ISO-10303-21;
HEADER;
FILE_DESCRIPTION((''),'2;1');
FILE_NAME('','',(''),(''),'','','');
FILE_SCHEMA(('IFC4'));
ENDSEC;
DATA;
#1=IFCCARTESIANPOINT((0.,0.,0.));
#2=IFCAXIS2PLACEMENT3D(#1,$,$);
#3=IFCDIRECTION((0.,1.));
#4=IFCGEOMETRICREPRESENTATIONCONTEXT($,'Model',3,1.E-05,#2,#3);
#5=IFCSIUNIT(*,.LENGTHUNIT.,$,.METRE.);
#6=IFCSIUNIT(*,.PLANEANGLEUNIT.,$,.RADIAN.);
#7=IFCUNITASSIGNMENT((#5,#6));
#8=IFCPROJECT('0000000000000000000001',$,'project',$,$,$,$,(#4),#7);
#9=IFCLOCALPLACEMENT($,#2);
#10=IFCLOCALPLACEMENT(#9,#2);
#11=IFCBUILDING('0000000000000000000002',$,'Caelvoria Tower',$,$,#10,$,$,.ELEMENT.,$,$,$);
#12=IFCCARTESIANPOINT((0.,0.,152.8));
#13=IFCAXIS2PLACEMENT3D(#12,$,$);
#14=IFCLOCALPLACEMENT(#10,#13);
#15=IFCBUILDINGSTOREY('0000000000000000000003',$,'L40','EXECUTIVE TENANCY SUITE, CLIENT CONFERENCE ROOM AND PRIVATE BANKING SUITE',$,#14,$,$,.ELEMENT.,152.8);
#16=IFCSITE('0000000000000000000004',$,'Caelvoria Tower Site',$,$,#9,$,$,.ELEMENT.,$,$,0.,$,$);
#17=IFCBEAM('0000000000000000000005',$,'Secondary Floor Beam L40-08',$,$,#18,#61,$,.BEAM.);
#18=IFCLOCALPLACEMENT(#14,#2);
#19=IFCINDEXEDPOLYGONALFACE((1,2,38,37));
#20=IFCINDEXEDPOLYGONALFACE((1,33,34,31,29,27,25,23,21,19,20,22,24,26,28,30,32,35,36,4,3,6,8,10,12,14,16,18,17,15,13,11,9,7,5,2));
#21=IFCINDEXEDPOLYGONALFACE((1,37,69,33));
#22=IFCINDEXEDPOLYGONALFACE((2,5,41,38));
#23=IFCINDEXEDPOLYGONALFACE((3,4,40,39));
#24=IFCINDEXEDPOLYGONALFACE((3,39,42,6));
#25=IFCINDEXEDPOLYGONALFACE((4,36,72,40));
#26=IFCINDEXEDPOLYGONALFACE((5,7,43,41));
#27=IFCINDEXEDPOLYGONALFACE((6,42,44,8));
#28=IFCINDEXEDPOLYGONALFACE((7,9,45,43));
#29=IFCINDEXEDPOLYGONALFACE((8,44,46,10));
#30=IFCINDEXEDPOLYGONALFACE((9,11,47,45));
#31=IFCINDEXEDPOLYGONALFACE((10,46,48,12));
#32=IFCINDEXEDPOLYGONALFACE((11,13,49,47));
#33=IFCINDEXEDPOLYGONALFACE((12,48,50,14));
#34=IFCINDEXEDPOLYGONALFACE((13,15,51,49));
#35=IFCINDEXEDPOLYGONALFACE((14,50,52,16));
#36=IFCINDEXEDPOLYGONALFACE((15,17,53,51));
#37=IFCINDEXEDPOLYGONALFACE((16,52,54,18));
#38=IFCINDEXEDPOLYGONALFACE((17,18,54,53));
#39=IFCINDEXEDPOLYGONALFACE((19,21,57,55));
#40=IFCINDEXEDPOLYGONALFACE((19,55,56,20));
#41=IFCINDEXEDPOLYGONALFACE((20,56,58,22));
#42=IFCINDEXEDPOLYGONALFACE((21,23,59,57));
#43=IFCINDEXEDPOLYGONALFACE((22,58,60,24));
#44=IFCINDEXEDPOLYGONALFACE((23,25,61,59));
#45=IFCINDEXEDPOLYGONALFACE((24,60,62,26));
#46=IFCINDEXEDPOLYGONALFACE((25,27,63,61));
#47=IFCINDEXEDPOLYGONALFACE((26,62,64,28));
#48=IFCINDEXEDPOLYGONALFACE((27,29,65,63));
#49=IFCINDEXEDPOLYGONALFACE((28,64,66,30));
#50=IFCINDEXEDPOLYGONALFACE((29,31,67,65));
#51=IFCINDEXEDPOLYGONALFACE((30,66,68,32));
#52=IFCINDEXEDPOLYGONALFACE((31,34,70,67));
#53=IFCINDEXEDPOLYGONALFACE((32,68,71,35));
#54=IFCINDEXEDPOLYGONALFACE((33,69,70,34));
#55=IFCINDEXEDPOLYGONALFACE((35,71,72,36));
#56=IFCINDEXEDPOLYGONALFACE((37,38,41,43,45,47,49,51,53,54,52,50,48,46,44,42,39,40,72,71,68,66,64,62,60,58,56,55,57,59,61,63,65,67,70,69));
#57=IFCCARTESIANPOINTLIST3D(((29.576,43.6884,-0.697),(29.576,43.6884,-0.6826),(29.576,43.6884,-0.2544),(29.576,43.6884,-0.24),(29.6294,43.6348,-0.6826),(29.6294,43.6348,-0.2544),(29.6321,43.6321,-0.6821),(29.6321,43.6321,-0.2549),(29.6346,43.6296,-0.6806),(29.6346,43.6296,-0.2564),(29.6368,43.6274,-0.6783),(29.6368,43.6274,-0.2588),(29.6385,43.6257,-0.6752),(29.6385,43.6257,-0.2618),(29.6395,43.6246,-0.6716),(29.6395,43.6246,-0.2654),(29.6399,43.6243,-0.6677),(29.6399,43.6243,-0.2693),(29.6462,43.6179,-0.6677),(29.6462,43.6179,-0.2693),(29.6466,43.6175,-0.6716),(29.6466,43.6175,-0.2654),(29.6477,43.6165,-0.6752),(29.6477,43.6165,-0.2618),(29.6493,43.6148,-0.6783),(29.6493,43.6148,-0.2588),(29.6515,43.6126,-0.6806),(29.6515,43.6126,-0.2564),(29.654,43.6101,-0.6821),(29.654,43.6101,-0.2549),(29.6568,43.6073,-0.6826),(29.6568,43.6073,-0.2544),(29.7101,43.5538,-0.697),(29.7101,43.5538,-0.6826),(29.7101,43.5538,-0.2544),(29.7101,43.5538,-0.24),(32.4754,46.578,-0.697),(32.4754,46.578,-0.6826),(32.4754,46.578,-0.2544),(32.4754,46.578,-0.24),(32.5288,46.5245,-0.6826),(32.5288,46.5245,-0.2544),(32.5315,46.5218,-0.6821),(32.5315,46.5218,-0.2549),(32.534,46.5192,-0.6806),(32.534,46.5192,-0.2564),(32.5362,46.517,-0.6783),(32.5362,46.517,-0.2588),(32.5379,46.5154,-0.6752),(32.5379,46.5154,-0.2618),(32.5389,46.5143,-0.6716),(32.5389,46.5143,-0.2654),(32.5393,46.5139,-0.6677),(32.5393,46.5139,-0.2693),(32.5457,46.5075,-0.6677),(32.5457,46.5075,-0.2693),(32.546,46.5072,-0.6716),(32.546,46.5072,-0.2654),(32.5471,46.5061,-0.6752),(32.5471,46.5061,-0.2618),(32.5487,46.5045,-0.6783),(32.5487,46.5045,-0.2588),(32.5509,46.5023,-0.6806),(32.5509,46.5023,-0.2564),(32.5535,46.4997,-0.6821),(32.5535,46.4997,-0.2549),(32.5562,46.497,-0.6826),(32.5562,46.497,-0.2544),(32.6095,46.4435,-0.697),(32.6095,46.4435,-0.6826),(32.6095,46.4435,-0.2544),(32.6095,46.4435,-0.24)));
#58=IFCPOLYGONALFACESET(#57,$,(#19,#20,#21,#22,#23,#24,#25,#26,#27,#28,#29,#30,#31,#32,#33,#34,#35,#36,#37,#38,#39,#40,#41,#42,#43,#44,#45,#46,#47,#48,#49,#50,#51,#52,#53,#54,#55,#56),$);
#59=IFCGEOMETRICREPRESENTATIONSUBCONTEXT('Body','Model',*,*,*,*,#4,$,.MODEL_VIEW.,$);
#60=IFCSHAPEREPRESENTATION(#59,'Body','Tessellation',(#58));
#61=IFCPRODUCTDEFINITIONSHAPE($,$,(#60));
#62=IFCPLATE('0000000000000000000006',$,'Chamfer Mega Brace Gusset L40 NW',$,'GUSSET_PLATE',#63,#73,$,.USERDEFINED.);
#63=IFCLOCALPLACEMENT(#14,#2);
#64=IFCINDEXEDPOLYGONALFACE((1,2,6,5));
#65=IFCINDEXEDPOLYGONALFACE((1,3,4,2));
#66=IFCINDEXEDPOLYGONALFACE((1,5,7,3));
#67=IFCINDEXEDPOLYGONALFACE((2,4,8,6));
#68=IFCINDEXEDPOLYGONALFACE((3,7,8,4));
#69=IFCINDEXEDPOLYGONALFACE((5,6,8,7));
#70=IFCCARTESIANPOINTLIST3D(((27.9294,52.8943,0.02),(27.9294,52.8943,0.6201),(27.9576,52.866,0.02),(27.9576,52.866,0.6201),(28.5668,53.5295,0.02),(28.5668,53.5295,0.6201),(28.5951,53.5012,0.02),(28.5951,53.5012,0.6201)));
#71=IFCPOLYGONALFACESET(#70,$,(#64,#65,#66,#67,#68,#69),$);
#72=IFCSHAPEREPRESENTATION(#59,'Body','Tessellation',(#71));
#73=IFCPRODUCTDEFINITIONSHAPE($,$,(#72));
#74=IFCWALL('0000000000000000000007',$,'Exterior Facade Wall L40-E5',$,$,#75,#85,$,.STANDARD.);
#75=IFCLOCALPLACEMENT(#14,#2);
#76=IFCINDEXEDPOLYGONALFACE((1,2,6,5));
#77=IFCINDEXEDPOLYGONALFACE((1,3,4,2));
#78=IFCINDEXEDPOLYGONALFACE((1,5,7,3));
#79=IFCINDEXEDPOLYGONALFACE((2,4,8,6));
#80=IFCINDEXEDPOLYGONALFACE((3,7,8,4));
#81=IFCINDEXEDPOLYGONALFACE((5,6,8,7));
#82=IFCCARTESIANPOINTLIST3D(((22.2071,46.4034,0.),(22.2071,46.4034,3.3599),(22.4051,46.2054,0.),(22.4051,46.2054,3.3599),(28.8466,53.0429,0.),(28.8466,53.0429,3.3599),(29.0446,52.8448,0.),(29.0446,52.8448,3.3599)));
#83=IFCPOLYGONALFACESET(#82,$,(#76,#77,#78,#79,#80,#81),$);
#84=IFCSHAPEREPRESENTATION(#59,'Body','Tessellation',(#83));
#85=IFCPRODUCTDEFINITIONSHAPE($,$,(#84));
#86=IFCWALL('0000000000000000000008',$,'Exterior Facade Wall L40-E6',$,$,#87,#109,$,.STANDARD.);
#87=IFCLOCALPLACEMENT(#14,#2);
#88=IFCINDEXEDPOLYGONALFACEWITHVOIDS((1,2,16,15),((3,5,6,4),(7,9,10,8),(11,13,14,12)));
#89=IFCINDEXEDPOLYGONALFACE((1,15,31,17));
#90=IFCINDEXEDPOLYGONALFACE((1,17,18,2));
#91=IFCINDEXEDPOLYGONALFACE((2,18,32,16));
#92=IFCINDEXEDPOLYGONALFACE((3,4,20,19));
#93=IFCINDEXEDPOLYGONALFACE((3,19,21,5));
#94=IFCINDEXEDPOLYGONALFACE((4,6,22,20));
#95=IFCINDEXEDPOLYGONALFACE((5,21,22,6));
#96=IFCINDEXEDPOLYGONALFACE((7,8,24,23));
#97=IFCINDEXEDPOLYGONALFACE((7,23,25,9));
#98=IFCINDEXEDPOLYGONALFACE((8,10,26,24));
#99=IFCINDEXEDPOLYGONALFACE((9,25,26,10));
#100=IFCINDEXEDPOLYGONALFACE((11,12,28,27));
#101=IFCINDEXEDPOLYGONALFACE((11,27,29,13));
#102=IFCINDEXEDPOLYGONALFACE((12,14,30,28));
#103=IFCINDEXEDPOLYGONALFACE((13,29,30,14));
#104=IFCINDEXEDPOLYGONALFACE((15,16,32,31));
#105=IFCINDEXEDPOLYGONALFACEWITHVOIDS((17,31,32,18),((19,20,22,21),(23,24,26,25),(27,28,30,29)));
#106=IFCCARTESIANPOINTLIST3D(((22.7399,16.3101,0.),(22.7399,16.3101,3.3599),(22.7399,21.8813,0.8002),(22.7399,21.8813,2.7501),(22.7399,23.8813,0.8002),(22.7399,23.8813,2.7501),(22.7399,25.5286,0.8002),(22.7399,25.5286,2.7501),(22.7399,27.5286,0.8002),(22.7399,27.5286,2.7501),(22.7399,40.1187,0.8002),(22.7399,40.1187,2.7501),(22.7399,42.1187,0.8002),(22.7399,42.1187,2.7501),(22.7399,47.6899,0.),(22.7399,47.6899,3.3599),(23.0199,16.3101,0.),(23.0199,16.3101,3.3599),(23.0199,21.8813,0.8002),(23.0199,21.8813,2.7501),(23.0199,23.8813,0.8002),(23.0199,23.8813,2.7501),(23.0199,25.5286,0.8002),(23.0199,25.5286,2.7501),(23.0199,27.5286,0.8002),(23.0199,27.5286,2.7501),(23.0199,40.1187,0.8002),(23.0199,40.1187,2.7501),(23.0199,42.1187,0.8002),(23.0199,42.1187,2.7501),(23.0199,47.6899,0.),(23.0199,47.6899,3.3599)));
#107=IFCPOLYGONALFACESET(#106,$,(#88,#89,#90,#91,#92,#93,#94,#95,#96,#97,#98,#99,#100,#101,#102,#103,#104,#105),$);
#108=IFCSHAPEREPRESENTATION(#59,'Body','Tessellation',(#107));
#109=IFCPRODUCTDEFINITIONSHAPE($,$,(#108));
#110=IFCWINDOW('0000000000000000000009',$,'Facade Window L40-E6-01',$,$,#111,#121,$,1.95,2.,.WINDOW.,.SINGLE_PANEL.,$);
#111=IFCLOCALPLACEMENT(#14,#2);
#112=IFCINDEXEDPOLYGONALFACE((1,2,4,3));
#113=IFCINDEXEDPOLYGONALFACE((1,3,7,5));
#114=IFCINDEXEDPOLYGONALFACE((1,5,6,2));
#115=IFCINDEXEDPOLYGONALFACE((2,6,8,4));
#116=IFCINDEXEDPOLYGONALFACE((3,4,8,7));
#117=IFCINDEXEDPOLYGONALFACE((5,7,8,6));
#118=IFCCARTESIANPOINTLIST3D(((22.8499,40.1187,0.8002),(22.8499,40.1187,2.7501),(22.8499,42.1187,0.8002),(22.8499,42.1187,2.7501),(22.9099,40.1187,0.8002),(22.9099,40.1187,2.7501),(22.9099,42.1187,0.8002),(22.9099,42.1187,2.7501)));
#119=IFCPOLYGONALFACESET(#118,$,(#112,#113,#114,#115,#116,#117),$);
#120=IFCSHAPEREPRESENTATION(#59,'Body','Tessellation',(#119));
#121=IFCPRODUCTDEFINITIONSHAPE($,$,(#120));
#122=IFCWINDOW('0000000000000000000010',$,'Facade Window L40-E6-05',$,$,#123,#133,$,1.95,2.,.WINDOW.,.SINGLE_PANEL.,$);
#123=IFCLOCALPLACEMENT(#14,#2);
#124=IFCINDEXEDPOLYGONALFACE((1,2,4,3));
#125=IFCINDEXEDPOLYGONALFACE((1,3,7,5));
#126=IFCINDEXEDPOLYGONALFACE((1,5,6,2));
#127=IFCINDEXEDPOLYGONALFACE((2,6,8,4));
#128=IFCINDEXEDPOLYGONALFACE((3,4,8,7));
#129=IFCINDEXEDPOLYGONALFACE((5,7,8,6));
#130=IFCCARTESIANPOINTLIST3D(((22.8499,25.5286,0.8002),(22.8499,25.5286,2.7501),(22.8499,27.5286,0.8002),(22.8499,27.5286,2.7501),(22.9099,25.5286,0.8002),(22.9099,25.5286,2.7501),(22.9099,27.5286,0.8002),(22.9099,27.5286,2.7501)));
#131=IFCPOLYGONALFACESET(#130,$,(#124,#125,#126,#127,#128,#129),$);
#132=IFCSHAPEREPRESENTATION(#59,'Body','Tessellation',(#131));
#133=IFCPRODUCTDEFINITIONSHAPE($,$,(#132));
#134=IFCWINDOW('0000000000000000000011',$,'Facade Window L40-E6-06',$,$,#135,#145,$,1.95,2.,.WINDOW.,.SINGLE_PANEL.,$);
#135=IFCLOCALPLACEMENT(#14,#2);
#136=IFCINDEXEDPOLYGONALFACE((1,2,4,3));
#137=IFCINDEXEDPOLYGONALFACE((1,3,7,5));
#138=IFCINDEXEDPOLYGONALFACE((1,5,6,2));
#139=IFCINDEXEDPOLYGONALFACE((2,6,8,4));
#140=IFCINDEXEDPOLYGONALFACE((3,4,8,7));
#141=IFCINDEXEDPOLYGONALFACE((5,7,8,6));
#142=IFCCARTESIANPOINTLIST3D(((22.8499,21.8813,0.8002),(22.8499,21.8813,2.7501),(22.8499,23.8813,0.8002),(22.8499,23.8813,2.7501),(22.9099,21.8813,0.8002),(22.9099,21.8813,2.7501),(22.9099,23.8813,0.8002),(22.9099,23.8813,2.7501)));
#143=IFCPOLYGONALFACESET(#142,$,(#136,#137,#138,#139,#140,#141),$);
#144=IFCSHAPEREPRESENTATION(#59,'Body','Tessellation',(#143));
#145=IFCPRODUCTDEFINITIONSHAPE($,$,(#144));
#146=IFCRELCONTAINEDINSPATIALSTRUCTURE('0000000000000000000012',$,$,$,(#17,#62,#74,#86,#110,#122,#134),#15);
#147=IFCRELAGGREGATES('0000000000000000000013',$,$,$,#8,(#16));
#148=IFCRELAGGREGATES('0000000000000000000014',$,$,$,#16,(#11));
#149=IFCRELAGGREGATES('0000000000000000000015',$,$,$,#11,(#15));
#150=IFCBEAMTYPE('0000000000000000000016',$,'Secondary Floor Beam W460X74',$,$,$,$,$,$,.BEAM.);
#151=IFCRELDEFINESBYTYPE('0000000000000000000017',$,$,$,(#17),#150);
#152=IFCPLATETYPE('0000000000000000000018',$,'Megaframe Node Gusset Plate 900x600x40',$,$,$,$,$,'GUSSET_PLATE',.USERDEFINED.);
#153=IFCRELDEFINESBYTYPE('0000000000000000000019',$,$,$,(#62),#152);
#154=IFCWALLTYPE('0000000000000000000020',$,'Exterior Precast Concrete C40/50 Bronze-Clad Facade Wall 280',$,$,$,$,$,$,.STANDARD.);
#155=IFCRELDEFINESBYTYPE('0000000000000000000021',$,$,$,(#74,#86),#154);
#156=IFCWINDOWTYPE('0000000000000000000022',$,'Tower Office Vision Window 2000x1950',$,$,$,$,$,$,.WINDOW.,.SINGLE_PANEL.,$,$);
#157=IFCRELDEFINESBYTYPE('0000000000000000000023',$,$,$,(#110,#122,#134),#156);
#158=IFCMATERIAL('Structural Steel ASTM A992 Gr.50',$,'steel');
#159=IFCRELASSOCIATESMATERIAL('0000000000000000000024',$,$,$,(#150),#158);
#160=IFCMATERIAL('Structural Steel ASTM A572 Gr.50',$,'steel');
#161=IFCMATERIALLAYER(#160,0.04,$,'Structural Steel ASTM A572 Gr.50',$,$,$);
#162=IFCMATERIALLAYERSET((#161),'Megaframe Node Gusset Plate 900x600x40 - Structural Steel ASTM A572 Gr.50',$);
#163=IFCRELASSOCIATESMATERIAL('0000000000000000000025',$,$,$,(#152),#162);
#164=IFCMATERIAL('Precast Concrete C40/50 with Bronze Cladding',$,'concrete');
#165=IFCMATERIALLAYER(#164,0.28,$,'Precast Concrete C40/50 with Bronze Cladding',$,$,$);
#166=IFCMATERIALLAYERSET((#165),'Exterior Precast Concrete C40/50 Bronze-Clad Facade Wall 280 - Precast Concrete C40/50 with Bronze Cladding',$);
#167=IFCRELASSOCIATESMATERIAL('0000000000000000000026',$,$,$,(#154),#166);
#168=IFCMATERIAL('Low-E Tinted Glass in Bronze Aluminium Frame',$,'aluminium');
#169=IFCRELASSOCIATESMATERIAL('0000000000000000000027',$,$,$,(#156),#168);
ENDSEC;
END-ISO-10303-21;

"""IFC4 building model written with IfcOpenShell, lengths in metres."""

from ifc_helpers import new_model, si_unit, direction, frame, frame_2d, origin, origin_2d, place, context, subcontext, project, spatial, rectangle, i_section, extrude, material, layer, layer_set, material_profile, profile_set, type_object, element, fill, save


model = new_model("IFC4")

# Units and contexts
model_context = context("Model", 3, precision=1e-05, world=origin(), true_north=direction((0.0, 1.0)))
body_context = subcontext(model_context, "Body", "Model", "MODEL_VIEW")
ifc_project = project(units=[si_unit("LENGTHUNIT", "METRE"), si_unit("PLANEANGLEUNIT", "RADIAN")], contexts=[model_context])

# Site, building, storey
site_placement = place(None, origin())
site = spatial("IfcSite", under=ifc_project, at=site_placement, Name="Caelvoria Tower Site", CompositionType="ELEMENT", RefElevation=0.0)
building_placement = place(site_placement, origin())
building = spatial("IfcBuilding", under=site, at=building_placement, Name="Caelvoria Tower", CompositionType="ELEMENT")
storey_placement = place(building_placement, frame((0.0, 0.0, 152.8)))
storey = spatial("IfcBuildingStorey", under=building, at=storey_placement, Name="L40", Description="EXECUTIVE TENANCY SUITE, CLIENT CONFERENCE ROOM AND PRIVATE BANKING SUITE", CompositionType="ELEMENT", Elevation=152.8)

# Shared definitions
ifc_material_1 = material(Name="Structural Steel ASTM A572 Gr.50", Category="steel")

# Beam
ifc_material_2 = material(Name="Structural Steel ASTM A992 Gr.50", Category="steel")
ifc_material_profile_1 = material_profile(ifc_material_2, i_section(OverallWidth=0.1899, OverallDepth=0.457, WebThickness=0.009, FlangeThickness=0.0144, FilletRadius=0.0149, at=origin_2d()), Name="Structural Steel ASTM A992 Gr.50")
ifc_profile_set_1 = profile_set([ifc_material_profile_1], Name="W460X74 - Structural Steel ASTM A992 Gr.50")
beam_type_1 = type_object("IfcBeamType", Name="Secondary Floor Beam W460X74", PredefinedType="BEAM", material=ifc_profile_set_1)
beam_1_placement = place(storey_placement, frame((32.5425, 46.5107, -0.4685), z_axis=(-0.708299, -0.705913, 0.0), x_axis=(0.705913, -0.708299, 0.0)))
element("IfcBeam", 1, at=beam_1_placement, inside=storey, type_object=beam_type_1, Name="Secondary Floor Beam L40-08", PredefinedType="BEAM", context=body_context, shape_type="SweptSolid", body=[
    extrude(i_section(OverallWidth=0.1899, OverallDepth=0.457, WebThickness=0.009, FlangeThickness=0.0144, FilletRadius=0.0149, at=origin_2d()), origin(), (0.0, 0.0, 1.0), 4.0935),
])

# Plate
ifc_layer_1 = layer(ifc_material_1, 0.04, Name="Structural Steel ASTM A572 Gr.50")
ifc_layer_set_1 = layer_set([ifc_layer_1], Name="Megaframe Node Gusset Plate 900x600x40 - Structural Steel ASTM A572 Gr.50")
plate_type = type_object("IfcPlateType", Name="Megaframe Node Gusset Plate 900x600x40", ElementType="GUSSET_PLATE", PredefinedType="USERDEFINED", material=ifc_layer_set_1)
plate_placement = place(storey_placement, frame((28.2622, 53.1978, 0.02), z_axis=(0.0, 0.0, 1.0), x_axis=(-0.708326, -0.705885, 0.0)))
element("IfcPlate", 2, at=plate_placement, inside=storey, type_object=plate_type, Name="Chamfer Mega Brace Gusset L40 NW", ObjectType="GUSSET_PLATE", PredefinedType="USERDEFINED", context=body_context, shape_type="SweptSolid", body=[
    extrude(rectangle(XDim=0.8999, YDim=0.04, at=origin_2d()), origin(), (0.0, 0.0, 1.0), 0.6001),
])

# Wall
ifc_material_3 = material(Name="Precast Concrete C40/50 with Bronze Cladding", Category="concrete")
ifc_layer_2 = layer(ifc_material_3, 0.28, Name="Precast Concrete C40/50 with Bronze Cladding")
ifc_layer_set_2 = layer_set([ifc_layer_2], Name="Exterior Precast Concrete C40/50 Bronze-Clad Facade Wall 280 - Precast Concrete C40/50 with Bronze Cladding")
wall_type_1 = type_object("IfcWallType", Name="Exterior Precast Concrete C40/50 Bronze-Clad Facade Wall 280", PredefinedType="STANDARD", material=ifc_layer_set_2)
wall_1_placement = place(storey_placement, frame((28.9456, 52.9438, 0.0), z_axis=(0.0, 0.0, 1.0), x_axis=(-0.707107, -0.707107, 0.0)))
element("IfcWall", 3, at=wall_1_placement, inside=storey, type_object=wall_type_1, Name="Exterior Facade Wall L40-E5", PredefinedType="STANDARD", context=body_context, shape_type="SweptSolid", body=[
    extrude(rectangle(XDim=9.3896, YDim=0.28, at=frame_2d((4.6948, 0.0))), origin(), (0.0, 0.0, 1.0), 3.3599),
])

# Wall, openings, windows
wall_2_placement = place(storey_placement, frame((22.8799, 47.6899, 0.0), z_axis=(0.0, 0.0, 1.0), x_axis=(0.0, -1.0, 0.0)))
wall_2 = element("IfcWall", 4, at=wall_2_placement, inside=storey, type_object=wall_type_1, Name="Exterior Facade Wall L40-E6", PredefinedType="STANDARD", context=body_context, shape_type="SweptSolid", body=[
    extrude(rectangle(XDim=31.3799, YDim=0.28, at=frame_2d((15.6899, 0.0))), origin(), (0.0, 0.0, 1.0), 3.3599),
])
opening_1_placement = place(wall_2_placement, frame((5.5713, 0.0, 0.8)))
opening_1 = element("IfcOpeningElement", 5, at=opening_1_placement, cuts=wall_2, PredefinedType="OPENING", context=body_context, shape_type="SweptSolid", body=[
    extrude(rectangle(XDim=2.0, YDim=1.95, at=frame_2d((1.0, 0.9751))), frame((0.0, 0.1499, 0.0), z_axis=(0.0, -1.0, 0.0), x_axis=(1.0, 0.0, 0.0)), (0.0, 0.0, 1.0), 0.3),
])
opening_2_placement = place(wall_2_placement, frame((20.1614, 0.0, 0.8)))
opening_2 = element("IfcOpeningElement", 6, at=opening_2_placement, cuts=wall_2, PredefinedType="OPENING", context=body_context, shape_type="SweptSolid", body=[
    extrude(rectangle(XDim=2.0, YDim=1.95, at=frame_2d((1.0, 0.9751))), frame((0.0, 0.1499, 0.0), z_axis=(0.0, -1.0, 0.0), x_axis=(1.0, 0.0, 0.0)), (0.0, 0.0, 1.0), 0.3),
])
opening_3_placement = place(wall_2_placement, frame((23.8086, 0.0, 0.8)))
opening_3 = element("IfcOpeningElement", 7, at=opening_3_placement, cuts=wall_2, PredefinedType="OPENING", context=body_context, shape_type="SweptSolid", body=[
    extrude(rectangle(XDim=2.0, YDim=1.95, at=frame_2d((1.0, 0.9751))), frame((0.0, 0.1499, 0.0), z_axis=(0.0, -1.0, 0.0), x_axis=(1.0, 0.0, 0.0)), (0.0, 0.0, 1.0), 0.3),
])
ifc_material_4 = material(Name="Low-E Tinted Glass in Bronze Aluminium Frame", Category="aluminium")
window_type = type_object("IfcWindowType", Name="Tower Office Vision Window 2000x1950", PartitioningType="SINGLE_PANEL", PredefinedType="WINDOW", material=ifc_material_4)
window_1_placement = place(opening_1_placement, origin())
window_1 = element("IfcWindow", 8, at=window_1_placement, inside=storey, type_object=window_type, Name="Facade Window L40-E6-01", OverallHeight=1.95, OverallWidth=2.0, PartitioningType="SINGLE_PANEL", PredefinedType="WINDOW", context=body_context, shape_type="SweptSolid", body=[
    extrude(rectangle(XDim=2.0, YDim=1.95, at=frame_2d((1.0, 0.9751))), frame((0.0, 0.03, 0.0), z_axis=(0.0, -1.0, 0.0), x_axis=(1.0, 0.0, 0.0)), (0.0, 0.0, 1.0), 0.0601),
])
fill(opening_1, window_1)
window_2_placement = place(opening_2_placement, origin())
window_2 = element("IfcWindow", 9, at=window_2_placement, inside=storey, type_object=window_type, Name="Facade Window L40-E6-05", OverallHeight=1.95, OverallWidth=2.0, PartitioningType="SINGLE_PANEL", PredefinedType="WINDOW", context=body_context, shape_type="SweptSolid", body=[
    extrude(rectangle(XDim=2.0, YDim=1.95, at=frame_2d((1.0, 0.9751))), frame((0.0, 0.03, 0.0), z_axis=(0.0, -1.0, 0.0), x_axis=(1.0, 0.0, 0.0)), (0.0, 0.0, 1.0), 0.0601),
])
fill(opening_2, window_2)
window_3_placement = place(opening_3_placement, origin())
window_3 = element("IfcWindow", 10, at=window_3_placement, inside=storey, type_object=window_type, Name="Facade Window L40-E6-06", OverallHeight=1.95, OverallWidth=2.0, PartitioningType="SINGLE_PANEL", PredefinedType="WINDOW", context=body_context, shape_type="SweptSolid", body=[
    extrude(rectangle(XDim=2.0, YDim=1.95, at=frame_2d((1.0, 0.9751))), frame((0.0, 0.03, 0.0), z_axis=(0.0, -1.0, 0.0), x_axis=(1.0, 0.0, 0.0)), (0.0, 0.0, 1.0), 0.0601),
])
fill(opening_3, window_3)

save(model, "model.ifc")
